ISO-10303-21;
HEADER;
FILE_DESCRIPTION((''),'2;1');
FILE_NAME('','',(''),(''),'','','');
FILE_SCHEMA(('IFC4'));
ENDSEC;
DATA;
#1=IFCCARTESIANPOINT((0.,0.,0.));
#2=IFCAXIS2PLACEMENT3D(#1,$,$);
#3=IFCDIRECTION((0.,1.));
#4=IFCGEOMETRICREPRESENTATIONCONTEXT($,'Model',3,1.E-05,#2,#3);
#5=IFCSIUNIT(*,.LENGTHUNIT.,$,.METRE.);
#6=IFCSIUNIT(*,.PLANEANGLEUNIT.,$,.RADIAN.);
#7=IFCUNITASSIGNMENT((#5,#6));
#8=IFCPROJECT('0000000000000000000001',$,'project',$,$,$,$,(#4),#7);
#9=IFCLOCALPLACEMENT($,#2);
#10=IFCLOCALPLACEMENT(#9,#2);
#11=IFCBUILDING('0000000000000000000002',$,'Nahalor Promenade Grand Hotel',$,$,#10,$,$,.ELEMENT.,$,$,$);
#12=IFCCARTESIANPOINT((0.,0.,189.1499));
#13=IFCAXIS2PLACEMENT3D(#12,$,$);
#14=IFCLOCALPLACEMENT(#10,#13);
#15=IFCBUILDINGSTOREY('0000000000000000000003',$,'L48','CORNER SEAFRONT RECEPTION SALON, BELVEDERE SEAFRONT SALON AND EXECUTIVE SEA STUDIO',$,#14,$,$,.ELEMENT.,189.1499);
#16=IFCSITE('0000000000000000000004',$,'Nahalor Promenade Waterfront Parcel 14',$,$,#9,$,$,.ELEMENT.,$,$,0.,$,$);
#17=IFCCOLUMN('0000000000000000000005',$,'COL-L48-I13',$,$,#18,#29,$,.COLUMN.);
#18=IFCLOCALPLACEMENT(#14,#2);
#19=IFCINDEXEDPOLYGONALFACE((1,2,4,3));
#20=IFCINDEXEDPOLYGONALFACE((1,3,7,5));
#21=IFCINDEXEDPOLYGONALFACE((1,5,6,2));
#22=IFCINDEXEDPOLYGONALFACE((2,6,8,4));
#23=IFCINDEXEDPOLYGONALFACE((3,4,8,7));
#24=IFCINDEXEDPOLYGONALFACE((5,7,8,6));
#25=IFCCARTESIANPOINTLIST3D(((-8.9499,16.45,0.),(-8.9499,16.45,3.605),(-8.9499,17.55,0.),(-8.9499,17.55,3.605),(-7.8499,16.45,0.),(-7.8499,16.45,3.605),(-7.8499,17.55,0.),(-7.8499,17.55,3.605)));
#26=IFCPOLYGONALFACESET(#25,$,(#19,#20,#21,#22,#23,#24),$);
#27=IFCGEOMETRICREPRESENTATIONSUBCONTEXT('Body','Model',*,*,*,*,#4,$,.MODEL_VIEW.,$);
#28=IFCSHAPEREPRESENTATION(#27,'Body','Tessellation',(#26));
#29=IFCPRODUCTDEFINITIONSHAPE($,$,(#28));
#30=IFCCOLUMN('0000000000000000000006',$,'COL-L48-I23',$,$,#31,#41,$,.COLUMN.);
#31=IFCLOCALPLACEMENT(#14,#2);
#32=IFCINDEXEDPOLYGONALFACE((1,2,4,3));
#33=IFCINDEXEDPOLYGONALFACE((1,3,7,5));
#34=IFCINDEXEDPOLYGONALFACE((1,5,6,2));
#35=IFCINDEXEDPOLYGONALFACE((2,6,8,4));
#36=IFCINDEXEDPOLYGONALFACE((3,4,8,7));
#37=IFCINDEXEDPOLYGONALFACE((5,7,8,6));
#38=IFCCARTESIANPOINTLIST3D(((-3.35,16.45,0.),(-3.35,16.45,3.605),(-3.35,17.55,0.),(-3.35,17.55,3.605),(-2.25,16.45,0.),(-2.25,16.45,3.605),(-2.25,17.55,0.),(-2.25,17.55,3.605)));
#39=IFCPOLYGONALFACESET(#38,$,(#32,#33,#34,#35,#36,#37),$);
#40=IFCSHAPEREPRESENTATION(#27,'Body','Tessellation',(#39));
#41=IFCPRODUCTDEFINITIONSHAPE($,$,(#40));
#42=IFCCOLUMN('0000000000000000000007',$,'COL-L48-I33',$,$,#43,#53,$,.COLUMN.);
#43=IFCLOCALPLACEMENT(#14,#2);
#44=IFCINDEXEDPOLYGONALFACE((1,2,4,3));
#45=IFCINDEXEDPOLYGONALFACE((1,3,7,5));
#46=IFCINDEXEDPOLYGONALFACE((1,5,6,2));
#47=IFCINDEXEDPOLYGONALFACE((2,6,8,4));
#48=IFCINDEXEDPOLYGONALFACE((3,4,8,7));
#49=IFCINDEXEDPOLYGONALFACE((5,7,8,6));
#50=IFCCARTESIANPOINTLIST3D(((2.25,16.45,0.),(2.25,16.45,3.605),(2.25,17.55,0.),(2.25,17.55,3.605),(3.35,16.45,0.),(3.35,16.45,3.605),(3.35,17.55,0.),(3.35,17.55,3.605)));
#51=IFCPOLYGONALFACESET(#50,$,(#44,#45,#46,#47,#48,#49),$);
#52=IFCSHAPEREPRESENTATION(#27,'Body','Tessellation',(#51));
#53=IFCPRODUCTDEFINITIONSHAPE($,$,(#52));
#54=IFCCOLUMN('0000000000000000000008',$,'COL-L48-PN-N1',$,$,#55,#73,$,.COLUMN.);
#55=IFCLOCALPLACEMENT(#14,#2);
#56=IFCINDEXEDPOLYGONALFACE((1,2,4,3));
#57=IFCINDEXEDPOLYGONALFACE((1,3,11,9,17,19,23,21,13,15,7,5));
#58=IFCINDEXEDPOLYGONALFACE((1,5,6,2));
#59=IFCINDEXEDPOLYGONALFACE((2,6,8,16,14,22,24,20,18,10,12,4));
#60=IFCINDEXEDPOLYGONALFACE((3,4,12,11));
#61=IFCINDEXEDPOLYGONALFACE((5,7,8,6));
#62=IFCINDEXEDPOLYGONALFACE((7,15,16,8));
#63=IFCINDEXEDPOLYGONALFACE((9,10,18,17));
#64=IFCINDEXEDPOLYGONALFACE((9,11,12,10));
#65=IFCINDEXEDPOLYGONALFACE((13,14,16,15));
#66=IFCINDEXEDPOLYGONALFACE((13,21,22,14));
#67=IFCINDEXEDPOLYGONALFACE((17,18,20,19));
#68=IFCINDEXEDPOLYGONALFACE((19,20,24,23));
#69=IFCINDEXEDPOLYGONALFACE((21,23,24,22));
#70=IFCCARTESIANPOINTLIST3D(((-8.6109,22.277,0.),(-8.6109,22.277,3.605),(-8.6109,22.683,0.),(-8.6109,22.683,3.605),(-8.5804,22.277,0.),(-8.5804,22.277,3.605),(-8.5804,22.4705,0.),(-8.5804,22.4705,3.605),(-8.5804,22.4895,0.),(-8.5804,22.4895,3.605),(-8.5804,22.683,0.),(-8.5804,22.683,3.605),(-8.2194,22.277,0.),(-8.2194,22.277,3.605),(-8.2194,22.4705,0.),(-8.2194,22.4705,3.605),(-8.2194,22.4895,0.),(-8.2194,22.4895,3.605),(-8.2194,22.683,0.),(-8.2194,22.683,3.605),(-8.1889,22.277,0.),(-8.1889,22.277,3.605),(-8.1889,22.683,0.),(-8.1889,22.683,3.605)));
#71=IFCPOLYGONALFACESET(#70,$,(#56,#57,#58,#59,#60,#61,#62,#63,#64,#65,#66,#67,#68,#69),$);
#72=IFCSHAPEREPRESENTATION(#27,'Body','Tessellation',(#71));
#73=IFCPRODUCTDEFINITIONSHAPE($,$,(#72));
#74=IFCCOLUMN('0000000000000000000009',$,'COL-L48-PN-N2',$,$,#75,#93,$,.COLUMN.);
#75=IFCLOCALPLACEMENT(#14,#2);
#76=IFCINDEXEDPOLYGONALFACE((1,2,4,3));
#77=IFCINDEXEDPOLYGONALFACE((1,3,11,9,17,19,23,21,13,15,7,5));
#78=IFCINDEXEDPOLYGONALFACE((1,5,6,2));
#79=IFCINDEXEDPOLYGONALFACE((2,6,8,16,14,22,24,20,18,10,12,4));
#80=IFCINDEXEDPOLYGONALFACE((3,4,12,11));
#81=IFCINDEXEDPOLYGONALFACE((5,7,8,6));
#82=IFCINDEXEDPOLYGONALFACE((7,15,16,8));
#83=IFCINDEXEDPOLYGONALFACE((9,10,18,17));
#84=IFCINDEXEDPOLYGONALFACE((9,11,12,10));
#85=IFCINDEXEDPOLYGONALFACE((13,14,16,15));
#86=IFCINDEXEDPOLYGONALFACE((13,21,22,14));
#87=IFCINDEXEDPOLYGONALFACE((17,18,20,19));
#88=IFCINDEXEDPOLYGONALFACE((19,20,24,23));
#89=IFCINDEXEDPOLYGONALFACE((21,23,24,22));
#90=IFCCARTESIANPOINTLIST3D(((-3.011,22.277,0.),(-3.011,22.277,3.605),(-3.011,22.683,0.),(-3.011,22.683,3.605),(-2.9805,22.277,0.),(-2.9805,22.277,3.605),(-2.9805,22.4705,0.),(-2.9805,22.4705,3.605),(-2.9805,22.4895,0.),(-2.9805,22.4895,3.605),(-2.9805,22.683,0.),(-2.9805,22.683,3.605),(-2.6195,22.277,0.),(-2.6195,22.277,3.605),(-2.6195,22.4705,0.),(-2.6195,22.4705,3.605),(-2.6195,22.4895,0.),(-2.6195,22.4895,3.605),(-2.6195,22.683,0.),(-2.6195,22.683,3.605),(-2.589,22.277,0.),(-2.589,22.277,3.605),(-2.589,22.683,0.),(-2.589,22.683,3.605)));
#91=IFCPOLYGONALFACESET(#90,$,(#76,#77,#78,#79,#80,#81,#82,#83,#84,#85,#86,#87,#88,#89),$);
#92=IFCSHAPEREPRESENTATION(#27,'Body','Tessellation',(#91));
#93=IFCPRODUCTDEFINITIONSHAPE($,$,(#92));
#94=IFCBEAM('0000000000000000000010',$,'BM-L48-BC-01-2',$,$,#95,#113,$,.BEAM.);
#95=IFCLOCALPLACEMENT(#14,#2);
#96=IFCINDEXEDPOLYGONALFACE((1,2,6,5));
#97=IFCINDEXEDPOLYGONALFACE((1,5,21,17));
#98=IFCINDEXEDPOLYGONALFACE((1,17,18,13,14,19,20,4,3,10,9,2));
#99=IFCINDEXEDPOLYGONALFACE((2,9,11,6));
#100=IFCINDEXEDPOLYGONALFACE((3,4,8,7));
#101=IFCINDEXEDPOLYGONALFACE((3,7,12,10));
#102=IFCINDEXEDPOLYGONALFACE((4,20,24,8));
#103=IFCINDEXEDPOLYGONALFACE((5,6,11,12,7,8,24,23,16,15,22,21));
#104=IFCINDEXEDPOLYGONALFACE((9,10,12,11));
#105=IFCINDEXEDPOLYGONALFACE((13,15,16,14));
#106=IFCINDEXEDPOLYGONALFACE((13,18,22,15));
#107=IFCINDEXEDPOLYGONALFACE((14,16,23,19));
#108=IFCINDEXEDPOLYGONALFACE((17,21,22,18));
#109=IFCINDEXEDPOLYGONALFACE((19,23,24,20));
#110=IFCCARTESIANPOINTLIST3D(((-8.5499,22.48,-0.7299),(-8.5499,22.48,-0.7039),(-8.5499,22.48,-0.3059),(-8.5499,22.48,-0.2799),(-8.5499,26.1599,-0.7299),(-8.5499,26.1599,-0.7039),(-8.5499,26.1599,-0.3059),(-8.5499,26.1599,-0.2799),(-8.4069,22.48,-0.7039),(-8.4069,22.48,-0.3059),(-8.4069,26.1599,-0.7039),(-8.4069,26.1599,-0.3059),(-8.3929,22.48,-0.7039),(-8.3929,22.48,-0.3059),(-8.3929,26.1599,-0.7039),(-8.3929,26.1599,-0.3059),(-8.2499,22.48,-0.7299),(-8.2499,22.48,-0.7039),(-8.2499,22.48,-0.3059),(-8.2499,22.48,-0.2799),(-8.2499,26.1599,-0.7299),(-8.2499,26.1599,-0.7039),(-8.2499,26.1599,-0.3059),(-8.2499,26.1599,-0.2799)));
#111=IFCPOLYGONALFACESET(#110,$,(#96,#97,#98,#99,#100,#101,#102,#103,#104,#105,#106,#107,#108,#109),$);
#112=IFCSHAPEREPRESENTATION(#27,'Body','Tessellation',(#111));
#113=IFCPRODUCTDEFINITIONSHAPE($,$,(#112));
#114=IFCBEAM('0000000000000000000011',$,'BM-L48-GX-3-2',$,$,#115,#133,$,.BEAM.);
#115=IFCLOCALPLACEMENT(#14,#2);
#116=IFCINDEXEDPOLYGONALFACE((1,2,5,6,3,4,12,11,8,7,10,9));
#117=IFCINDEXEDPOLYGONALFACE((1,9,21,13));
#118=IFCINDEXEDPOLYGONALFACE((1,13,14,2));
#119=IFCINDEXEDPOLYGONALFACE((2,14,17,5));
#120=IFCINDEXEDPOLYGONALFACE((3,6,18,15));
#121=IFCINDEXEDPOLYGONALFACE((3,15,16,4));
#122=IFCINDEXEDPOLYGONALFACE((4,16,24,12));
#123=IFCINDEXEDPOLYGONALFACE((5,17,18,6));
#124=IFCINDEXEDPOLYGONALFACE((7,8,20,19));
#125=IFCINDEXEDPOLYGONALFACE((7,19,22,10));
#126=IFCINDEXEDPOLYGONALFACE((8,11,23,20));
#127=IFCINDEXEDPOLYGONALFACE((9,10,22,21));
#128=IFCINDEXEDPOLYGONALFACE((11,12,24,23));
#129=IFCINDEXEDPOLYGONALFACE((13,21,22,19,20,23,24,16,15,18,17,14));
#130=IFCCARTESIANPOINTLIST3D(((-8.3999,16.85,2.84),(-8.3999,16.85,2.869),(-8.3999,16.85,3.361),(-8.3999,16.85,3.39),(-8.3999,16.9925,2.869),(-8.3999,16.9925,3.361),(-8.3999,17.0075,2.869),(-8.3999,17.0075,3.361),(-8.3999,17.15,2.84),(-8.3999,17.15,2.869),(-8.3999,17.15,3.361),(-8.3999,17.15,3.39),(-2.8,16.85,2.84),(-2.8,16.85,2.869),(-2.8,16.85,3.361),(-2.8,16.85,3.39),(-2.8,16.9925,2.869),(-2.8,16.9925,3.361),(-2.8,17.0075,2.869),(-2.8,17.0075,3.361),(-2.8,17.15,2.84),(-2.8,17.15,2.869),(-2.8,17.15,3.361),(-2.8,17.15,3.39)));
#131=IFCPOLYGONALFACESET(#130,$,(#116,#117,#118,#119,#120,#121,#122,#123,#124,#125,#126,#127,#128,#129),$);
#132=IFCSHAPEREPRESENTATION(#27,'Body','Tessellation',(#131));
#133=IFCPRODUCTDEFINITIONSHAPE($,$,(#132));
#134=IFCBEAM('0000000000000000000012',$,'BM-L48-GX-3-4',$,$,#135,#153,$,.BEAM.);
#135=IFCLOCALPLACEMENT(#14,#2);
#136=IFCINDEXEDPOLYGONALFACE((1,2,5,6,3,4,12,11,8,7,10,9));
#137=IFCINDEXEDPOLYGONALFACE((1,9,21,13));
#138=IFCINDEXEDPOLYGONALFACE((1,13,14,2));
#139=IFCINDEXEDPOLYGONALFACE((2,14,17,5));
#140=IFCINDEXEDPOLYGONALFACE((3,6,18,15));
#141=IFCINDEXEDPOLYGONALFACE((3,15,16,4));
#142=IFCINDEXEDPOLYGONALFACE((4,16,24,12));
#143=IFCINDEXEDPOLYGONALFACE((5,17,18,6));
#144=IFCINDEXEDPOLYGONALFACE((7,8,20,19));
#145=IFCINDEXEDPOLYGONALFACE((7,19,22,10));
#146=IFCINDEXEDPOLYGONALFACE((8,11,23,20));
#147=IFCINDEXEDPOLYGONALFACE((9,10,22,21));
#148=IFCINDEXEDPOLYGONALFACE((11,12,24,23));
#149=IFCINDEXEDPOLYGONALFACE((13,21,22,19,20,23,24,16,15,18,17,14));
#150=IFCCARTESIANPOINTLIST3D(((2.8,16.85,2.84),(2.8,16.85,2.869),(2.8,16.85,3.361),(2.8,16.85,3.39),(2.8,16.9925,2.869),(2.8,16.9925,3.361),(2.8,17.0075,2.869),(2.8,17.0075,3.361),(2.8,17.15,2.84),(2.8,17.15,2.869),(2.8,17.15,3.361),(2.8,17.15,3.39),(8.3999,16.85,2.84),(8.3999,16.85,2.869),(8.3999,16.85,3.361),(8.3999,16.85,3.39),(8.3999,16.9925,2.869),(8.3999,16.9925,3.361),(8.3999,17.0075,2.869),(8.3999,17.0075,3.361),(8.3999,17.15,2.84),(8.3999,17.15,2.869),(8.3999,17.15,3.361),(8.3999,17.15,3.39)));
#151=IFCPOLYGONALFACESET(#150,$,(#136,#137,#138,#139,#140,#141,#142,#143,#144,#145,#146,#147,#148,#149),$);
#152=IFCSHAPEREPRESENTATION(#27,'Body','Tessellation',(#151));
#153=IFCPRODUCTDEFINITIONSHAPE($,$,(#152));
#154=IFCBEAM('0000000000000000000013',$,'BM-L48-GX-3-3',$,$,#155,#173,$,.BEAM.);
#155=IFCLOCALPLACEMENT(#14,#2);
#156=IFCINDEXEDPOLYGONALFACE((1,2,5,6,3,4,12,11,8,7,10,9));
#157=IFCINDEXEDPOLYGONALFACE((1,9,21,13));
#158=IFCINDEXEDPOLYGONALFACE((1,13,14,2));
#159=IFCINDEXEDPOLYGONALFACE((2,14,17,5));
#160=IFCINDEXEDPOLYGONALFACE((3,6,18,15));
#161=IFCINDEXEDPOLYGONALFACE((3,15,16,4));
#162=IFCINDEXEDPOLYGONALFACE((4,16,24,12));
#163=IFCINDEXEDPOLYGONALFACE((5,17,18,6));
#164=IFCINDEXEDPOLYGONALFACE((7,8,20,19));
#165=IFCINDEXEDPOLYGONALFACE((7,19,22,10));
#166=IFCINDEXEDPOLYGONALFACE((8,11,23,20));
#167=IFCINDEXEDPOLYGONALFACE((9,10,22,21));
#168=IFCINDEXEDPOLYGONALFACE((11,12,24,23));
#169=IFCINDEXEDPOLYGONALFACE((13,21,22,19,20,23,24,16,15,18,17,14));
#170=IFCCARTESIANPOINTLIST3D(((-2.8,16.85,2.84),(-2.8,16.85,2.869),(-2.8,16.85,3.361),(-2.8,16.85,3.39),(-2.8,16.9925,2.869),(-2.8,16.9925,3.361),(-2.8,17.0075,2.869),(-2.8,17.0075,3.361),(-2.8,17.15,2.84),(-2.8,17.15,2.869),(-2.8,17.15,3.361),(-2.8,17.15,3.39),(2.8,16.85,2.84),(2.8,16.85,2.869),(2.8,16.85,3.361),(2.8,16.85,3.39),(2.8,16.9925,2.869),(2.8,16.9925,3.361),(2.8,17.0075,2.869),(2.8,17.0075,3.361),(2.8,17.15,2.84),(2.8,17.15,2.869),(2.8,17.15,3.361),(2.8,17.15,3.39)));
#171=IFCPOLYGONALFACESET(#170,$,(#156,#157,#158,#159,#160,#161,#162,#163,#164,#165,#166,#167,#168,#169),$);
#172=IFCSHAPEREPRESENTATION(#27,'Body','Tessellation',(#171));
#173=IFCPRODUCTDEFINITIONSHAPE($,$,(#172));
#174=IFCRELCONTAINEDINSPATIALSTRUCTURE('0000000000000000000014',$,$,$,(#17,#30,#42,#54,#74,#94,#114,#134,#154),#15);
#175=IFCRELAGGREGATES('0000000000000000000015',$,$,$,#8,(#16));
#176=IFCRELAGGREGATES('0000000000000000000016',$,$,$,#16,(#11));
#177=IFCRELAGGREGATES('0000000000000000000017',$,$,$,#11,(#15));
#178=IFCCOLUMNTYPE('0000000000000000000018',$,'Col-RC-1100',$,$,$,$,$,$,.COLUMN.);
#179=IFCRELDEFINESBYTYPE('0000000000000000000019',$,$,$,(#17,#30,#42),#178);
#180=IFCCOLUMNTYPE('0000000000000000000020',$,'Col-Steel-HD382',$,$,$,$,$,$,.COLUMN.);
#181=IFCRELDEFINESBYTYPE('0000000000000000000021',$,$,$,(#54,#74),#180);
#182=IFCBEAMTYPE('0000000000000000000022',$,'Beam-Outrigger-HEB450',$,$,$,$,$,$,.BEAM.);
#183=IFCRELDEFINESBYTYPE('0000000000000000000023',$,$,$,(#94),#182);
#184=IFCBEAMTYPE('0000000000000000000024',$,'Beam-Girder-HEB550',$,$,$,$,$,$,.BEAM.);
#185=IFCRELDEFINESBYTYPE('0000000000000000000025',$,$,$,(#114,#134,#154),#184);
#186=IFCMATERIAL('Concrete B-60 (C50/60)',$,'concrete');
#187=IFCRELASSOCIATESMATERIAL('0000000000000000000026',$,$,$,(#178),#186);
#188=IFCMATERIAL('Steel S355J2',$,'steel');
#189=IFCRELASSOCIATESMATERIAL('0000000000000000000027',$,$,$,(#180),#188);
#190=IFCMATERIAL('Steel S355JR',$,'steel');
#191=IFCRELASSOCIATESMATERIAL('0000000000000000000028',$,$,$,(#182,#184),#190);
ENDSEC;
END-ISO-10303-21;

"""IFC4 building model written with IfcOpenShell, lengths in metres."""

from ifc_helpers import new_model, si_unit, direction, frame, origin, origin_2d, place, context, subcontext, project, spatial, rectangle, i_section, extrude, source, transform, mapped, material, material_profile, profile_set, type_object, element, save


model = new_model("IFC4")

# Units and contexts
model_context = context("Model", 3, precision=1e-05, world=origin(), true_north=direction((0.0, 1.0)))
body_context = subcontext(model_context, "Body", "Model", "MODEL_VIEW")
ifc_project = project(units=[si_unit("LENGTHUNIT", "METRE"), si_unit("PLANEANGLEUNIT", "RADIAN")], contexts=[model_context])

# Site, building, storey
site_placement = place(None, origin())
site = spatial("IfcSite", under=ifc_project, at=site_placement, Name="Nahalor Promenade Waterfront Parcel 14", CompositionType="ELEMENT", RefElevation=0.0)
building_placement = place(site_placement, origin())
building = spatial("IfcBuilding", under=site, at=building_placement, Name="Nahalor Promenade Grand Hotel", CompositionType="ELEMENT")
storey_placement = place(building_placement, frame((0.0, 0.0, 189.1499)))
storey = spatial("IfcBuildingStorey", under=building, at=storey_placement, Name="L48", Description="CORNER SEAFRONT RECEPTION SALON, BELVEDERE SEAFRONT SALON AND EXECUTIVE SEA STUDIO", CompositionType="ELEMENT", Elevation=189.1499)

# Columns
ifc_material_1 = material(Name="Concrete B-60 (C50/60)", Category="concrete")
ifc_material_profile_1 = material_profile(ifc_material_1, rectangle(XDim=1.1, YDim=1.1, at=origin_2d()), Name="RC 1100x1100")
ifc_profile_set_1 = profile_set([ifc_material_profile_1], Name="Concrete B-60 (C50/60)")
column_type_1 = type_object("IfcColumnType", Name="Col-RC-1100", PredefinedType="COLUMN", material=ifc_profile_set_1)
shared_shape_1 = source(origin(), body_context, "Body", "SweptSolid", [
    extrude(rectangle(XDim=1.1, YDim=1.1, at=origin_2d()), origin(), (0.0, 0.0, 1.0), 3.605),
])
for number, where, z_axis, x_axis, name in (
    (1, (-8.3999, 17.0, 0.0), (0.0, 0.0, 1.0), (1.0, 0.0, 0.0), "COL-L48-I13"),
    (2, (-2.8, 17.0, 0.0), (0.0, 0.0, 1.0), (1.0, 0.0, 0.0), "COL-L48-I23"),
    (3, (2.8, 17.0, 0.0), (0.0, 0.0, 1.0), (1.0, 0.0, 0.0), "COL-L48-I33"),
):
    element("IfcColumn", number, at=place(storey_placement, frame(where, z_axis=z_axis, x_axis=x_axis)), inside=storey, type_object=column_type_1, Name=name, PredefinedType="COLUMN", context=body_context, shape_type="MappedRepresentation", body=[
        mapped(shared_shape_1, transform((0.0, 0.0, 0.0), scale=1.0)),
    ])
ifc_material_2 = material(Name="Steel S355J2", Category="steel")
ifc_material_profile_2 = material_profile(ifc_material_2, i_section(OverallWidth=0.406, OverallDepth=0.422, WebThickness=0.019, FlangeThickness=0.0305, at=origin_2d()), Name="HD 400x382")
ifc_profile_set_2 = profile_set([ifc_material_profile_2], Name="Steel S355J2")
column_type_2 = type_object("IfcColumnType", Name="Col-Steel-HD382", PredefinedType="COLUMN", material=ifc_profile_set_2)
shared_shape_2 = source(origin(), body_context, "Body", "SweptSolid", [
    extrude(i_section(OverallWidth=0.406, OverallDepth=0.422, WebThickness=0.019, FlangeThickness=0.0305, at=origin_2d()), origin(), (0.0, 0.0, 1.0), 3.605),
])
for number, where, z_axis, x_axis, name in (
    (4, (-8.3999, 22.48, 0.0), (0.0, 0.0, 1.0), (0.0, 1.0, 0.0), "COL-L48-PN-N1"),
    (5, (-2.8, 22.48, 0.0), (0.0, 0.0, 1.0), (0.0, 1.0, 0.0), "COL-L48-PN-N2"),
):
    element("IfcColumn", number, at=place(storey_placement, frame(where, z_axis=z_axis, x_axis=x_axis)), inside=storey, type_object=column_type_2, Name=name, PredefinedType="COLUMN", context=body_context, shape_type="MappedRepresentation", body=[
        mapped(shared_shape_2, transform((0.0, 0.0, 0.0), scale=1.0)),
    ])

# Beams
ifc_material_3 = material(Name="Steel S355JR", Category="steel")
ifc_material_profile_3 = material_profile(ifc_material_3, i_section(OverallWidth=0.3, OverallDepth=0.45, WebThickness=0.014, FlangeThickness=0.026, at=origin_2d()), Name="HEB 450")
ifc_profile_set_3 = profile_set([ifc_material_profile_3], Name="Steel S355JR")
beam_type_1 = type_object("IfcBeamType", Name="Beam-Outrigger-HEB450", PredefinedType="BEAM", material=ifc_profile_set_3)
shared_shape_3 = source(origin(), body_context, "Body", "SweptSolid", [
    extrude(i_section(OverallWidth=0.3, OverallDepth=0.45, WebThickness=0.014, FlangeThickness=0.026, at=origin_2d()), origin(), (0.0, 0.0, 1.0), 3.6799),
])
beam_1_placement = place(storey_placement, frame((-8.3999, 22.48, -0.5049), z_axis=(0.0, 1.0, 0.0), x_axis=(-1.0, 0.0, 0.0)))
element("IfcBeam", 6, at=beam_1_placement, inside=storey, type_object=beam_type_1, Name="BM-L48-BC-01-2", PredefinedType="BEAM", context=body_context, shape_type="MappedRepresentation", body=[
    mapped(shared_shape_3, transform((0.0, 0.0, 0.0), scale=1.0)),
])
ifc_material_profile_4 = material_profile(ifc_material_3, i_section(OverallWidth=0.3, OverallDepth=0.55, WebThickness=0.015, FlangeThickness=0.029, at=origin_2d()), Name="HEB 550")
ifc_profile_set_4 = profile_set([ifc_material_profile_4], Name="Steel S355JR")
beam_type_2 = type_object("IfcBeamType", Name="Beam-Girder-HEB550", PredefinedType="BEAM", material=ifc_profile_set_4)
shared_shape_4 = source(origin(), body_context, "Body", "SweptSolid", [
    extrude(i_section(OverallWidth=0.3, OverallDepth=0.55, WebThickness=0.015, FlangeThickness=0.029, at=origin_2d()), origin(), (0.0, 0.0, 1.0), 5.5999),
])
for number, where, z_axis, x_axis, name in (
    (7, (-8.3999, 17.0, 3.115), (1.0, 0.0, 0.0), (0.0, 1.0, 0.0), "BM-L48-GX-3-2"),
    (8, (2.8, 17.0, 3.115), (1.0, 0.0, 0.0), (0.0, 1.0, 0.0), "BM-L48-GX-3-4"),
):
    element("IfcBeam", number, at=place(storey_placement, frame(where, z_axis=z_axis, x_axis=x_axis)), inside=storey, type_object=beam_type_2, Name=name, PredefinedType="BEAM", context=body_context, shape_type="MappedRepresentation", body=[
        mapped(shared_shape_4, transform((0.0, 0.0, 0.0), scale=1.0)),
    ])
shared_shape_5 = source(origin(), body_context, "Body", "SweptSolid", [
    extrude(i_section(OverallWidth=0.3, OverallDepth=0.55, WebThickness=0.015, FlangeThickness=0.029, at=origin_2d()), origin(), (0.0, 0.0, 1.0), 5.6001),
])
beam_2_placement = place(storey_placement, frame((-2.8, 17.0, 3.115), z_axis=(1.0, 0.0, 0.0), x_axis=(0.0, 1.0, 0.0)))
element("IfcBeam", 9, at=beam_2_placement, inside=storey, type_object=beam_type_2, Name="BM-L48-GX-3-3", PredefinedType="BEAM", context=body_context, shape_type="MappedRepresentation", body=[
    mapped(shared_shape_5, transform((0.0, 0.0, 0.0), scale=1.0)),
])

save(model, "model.ifc")
